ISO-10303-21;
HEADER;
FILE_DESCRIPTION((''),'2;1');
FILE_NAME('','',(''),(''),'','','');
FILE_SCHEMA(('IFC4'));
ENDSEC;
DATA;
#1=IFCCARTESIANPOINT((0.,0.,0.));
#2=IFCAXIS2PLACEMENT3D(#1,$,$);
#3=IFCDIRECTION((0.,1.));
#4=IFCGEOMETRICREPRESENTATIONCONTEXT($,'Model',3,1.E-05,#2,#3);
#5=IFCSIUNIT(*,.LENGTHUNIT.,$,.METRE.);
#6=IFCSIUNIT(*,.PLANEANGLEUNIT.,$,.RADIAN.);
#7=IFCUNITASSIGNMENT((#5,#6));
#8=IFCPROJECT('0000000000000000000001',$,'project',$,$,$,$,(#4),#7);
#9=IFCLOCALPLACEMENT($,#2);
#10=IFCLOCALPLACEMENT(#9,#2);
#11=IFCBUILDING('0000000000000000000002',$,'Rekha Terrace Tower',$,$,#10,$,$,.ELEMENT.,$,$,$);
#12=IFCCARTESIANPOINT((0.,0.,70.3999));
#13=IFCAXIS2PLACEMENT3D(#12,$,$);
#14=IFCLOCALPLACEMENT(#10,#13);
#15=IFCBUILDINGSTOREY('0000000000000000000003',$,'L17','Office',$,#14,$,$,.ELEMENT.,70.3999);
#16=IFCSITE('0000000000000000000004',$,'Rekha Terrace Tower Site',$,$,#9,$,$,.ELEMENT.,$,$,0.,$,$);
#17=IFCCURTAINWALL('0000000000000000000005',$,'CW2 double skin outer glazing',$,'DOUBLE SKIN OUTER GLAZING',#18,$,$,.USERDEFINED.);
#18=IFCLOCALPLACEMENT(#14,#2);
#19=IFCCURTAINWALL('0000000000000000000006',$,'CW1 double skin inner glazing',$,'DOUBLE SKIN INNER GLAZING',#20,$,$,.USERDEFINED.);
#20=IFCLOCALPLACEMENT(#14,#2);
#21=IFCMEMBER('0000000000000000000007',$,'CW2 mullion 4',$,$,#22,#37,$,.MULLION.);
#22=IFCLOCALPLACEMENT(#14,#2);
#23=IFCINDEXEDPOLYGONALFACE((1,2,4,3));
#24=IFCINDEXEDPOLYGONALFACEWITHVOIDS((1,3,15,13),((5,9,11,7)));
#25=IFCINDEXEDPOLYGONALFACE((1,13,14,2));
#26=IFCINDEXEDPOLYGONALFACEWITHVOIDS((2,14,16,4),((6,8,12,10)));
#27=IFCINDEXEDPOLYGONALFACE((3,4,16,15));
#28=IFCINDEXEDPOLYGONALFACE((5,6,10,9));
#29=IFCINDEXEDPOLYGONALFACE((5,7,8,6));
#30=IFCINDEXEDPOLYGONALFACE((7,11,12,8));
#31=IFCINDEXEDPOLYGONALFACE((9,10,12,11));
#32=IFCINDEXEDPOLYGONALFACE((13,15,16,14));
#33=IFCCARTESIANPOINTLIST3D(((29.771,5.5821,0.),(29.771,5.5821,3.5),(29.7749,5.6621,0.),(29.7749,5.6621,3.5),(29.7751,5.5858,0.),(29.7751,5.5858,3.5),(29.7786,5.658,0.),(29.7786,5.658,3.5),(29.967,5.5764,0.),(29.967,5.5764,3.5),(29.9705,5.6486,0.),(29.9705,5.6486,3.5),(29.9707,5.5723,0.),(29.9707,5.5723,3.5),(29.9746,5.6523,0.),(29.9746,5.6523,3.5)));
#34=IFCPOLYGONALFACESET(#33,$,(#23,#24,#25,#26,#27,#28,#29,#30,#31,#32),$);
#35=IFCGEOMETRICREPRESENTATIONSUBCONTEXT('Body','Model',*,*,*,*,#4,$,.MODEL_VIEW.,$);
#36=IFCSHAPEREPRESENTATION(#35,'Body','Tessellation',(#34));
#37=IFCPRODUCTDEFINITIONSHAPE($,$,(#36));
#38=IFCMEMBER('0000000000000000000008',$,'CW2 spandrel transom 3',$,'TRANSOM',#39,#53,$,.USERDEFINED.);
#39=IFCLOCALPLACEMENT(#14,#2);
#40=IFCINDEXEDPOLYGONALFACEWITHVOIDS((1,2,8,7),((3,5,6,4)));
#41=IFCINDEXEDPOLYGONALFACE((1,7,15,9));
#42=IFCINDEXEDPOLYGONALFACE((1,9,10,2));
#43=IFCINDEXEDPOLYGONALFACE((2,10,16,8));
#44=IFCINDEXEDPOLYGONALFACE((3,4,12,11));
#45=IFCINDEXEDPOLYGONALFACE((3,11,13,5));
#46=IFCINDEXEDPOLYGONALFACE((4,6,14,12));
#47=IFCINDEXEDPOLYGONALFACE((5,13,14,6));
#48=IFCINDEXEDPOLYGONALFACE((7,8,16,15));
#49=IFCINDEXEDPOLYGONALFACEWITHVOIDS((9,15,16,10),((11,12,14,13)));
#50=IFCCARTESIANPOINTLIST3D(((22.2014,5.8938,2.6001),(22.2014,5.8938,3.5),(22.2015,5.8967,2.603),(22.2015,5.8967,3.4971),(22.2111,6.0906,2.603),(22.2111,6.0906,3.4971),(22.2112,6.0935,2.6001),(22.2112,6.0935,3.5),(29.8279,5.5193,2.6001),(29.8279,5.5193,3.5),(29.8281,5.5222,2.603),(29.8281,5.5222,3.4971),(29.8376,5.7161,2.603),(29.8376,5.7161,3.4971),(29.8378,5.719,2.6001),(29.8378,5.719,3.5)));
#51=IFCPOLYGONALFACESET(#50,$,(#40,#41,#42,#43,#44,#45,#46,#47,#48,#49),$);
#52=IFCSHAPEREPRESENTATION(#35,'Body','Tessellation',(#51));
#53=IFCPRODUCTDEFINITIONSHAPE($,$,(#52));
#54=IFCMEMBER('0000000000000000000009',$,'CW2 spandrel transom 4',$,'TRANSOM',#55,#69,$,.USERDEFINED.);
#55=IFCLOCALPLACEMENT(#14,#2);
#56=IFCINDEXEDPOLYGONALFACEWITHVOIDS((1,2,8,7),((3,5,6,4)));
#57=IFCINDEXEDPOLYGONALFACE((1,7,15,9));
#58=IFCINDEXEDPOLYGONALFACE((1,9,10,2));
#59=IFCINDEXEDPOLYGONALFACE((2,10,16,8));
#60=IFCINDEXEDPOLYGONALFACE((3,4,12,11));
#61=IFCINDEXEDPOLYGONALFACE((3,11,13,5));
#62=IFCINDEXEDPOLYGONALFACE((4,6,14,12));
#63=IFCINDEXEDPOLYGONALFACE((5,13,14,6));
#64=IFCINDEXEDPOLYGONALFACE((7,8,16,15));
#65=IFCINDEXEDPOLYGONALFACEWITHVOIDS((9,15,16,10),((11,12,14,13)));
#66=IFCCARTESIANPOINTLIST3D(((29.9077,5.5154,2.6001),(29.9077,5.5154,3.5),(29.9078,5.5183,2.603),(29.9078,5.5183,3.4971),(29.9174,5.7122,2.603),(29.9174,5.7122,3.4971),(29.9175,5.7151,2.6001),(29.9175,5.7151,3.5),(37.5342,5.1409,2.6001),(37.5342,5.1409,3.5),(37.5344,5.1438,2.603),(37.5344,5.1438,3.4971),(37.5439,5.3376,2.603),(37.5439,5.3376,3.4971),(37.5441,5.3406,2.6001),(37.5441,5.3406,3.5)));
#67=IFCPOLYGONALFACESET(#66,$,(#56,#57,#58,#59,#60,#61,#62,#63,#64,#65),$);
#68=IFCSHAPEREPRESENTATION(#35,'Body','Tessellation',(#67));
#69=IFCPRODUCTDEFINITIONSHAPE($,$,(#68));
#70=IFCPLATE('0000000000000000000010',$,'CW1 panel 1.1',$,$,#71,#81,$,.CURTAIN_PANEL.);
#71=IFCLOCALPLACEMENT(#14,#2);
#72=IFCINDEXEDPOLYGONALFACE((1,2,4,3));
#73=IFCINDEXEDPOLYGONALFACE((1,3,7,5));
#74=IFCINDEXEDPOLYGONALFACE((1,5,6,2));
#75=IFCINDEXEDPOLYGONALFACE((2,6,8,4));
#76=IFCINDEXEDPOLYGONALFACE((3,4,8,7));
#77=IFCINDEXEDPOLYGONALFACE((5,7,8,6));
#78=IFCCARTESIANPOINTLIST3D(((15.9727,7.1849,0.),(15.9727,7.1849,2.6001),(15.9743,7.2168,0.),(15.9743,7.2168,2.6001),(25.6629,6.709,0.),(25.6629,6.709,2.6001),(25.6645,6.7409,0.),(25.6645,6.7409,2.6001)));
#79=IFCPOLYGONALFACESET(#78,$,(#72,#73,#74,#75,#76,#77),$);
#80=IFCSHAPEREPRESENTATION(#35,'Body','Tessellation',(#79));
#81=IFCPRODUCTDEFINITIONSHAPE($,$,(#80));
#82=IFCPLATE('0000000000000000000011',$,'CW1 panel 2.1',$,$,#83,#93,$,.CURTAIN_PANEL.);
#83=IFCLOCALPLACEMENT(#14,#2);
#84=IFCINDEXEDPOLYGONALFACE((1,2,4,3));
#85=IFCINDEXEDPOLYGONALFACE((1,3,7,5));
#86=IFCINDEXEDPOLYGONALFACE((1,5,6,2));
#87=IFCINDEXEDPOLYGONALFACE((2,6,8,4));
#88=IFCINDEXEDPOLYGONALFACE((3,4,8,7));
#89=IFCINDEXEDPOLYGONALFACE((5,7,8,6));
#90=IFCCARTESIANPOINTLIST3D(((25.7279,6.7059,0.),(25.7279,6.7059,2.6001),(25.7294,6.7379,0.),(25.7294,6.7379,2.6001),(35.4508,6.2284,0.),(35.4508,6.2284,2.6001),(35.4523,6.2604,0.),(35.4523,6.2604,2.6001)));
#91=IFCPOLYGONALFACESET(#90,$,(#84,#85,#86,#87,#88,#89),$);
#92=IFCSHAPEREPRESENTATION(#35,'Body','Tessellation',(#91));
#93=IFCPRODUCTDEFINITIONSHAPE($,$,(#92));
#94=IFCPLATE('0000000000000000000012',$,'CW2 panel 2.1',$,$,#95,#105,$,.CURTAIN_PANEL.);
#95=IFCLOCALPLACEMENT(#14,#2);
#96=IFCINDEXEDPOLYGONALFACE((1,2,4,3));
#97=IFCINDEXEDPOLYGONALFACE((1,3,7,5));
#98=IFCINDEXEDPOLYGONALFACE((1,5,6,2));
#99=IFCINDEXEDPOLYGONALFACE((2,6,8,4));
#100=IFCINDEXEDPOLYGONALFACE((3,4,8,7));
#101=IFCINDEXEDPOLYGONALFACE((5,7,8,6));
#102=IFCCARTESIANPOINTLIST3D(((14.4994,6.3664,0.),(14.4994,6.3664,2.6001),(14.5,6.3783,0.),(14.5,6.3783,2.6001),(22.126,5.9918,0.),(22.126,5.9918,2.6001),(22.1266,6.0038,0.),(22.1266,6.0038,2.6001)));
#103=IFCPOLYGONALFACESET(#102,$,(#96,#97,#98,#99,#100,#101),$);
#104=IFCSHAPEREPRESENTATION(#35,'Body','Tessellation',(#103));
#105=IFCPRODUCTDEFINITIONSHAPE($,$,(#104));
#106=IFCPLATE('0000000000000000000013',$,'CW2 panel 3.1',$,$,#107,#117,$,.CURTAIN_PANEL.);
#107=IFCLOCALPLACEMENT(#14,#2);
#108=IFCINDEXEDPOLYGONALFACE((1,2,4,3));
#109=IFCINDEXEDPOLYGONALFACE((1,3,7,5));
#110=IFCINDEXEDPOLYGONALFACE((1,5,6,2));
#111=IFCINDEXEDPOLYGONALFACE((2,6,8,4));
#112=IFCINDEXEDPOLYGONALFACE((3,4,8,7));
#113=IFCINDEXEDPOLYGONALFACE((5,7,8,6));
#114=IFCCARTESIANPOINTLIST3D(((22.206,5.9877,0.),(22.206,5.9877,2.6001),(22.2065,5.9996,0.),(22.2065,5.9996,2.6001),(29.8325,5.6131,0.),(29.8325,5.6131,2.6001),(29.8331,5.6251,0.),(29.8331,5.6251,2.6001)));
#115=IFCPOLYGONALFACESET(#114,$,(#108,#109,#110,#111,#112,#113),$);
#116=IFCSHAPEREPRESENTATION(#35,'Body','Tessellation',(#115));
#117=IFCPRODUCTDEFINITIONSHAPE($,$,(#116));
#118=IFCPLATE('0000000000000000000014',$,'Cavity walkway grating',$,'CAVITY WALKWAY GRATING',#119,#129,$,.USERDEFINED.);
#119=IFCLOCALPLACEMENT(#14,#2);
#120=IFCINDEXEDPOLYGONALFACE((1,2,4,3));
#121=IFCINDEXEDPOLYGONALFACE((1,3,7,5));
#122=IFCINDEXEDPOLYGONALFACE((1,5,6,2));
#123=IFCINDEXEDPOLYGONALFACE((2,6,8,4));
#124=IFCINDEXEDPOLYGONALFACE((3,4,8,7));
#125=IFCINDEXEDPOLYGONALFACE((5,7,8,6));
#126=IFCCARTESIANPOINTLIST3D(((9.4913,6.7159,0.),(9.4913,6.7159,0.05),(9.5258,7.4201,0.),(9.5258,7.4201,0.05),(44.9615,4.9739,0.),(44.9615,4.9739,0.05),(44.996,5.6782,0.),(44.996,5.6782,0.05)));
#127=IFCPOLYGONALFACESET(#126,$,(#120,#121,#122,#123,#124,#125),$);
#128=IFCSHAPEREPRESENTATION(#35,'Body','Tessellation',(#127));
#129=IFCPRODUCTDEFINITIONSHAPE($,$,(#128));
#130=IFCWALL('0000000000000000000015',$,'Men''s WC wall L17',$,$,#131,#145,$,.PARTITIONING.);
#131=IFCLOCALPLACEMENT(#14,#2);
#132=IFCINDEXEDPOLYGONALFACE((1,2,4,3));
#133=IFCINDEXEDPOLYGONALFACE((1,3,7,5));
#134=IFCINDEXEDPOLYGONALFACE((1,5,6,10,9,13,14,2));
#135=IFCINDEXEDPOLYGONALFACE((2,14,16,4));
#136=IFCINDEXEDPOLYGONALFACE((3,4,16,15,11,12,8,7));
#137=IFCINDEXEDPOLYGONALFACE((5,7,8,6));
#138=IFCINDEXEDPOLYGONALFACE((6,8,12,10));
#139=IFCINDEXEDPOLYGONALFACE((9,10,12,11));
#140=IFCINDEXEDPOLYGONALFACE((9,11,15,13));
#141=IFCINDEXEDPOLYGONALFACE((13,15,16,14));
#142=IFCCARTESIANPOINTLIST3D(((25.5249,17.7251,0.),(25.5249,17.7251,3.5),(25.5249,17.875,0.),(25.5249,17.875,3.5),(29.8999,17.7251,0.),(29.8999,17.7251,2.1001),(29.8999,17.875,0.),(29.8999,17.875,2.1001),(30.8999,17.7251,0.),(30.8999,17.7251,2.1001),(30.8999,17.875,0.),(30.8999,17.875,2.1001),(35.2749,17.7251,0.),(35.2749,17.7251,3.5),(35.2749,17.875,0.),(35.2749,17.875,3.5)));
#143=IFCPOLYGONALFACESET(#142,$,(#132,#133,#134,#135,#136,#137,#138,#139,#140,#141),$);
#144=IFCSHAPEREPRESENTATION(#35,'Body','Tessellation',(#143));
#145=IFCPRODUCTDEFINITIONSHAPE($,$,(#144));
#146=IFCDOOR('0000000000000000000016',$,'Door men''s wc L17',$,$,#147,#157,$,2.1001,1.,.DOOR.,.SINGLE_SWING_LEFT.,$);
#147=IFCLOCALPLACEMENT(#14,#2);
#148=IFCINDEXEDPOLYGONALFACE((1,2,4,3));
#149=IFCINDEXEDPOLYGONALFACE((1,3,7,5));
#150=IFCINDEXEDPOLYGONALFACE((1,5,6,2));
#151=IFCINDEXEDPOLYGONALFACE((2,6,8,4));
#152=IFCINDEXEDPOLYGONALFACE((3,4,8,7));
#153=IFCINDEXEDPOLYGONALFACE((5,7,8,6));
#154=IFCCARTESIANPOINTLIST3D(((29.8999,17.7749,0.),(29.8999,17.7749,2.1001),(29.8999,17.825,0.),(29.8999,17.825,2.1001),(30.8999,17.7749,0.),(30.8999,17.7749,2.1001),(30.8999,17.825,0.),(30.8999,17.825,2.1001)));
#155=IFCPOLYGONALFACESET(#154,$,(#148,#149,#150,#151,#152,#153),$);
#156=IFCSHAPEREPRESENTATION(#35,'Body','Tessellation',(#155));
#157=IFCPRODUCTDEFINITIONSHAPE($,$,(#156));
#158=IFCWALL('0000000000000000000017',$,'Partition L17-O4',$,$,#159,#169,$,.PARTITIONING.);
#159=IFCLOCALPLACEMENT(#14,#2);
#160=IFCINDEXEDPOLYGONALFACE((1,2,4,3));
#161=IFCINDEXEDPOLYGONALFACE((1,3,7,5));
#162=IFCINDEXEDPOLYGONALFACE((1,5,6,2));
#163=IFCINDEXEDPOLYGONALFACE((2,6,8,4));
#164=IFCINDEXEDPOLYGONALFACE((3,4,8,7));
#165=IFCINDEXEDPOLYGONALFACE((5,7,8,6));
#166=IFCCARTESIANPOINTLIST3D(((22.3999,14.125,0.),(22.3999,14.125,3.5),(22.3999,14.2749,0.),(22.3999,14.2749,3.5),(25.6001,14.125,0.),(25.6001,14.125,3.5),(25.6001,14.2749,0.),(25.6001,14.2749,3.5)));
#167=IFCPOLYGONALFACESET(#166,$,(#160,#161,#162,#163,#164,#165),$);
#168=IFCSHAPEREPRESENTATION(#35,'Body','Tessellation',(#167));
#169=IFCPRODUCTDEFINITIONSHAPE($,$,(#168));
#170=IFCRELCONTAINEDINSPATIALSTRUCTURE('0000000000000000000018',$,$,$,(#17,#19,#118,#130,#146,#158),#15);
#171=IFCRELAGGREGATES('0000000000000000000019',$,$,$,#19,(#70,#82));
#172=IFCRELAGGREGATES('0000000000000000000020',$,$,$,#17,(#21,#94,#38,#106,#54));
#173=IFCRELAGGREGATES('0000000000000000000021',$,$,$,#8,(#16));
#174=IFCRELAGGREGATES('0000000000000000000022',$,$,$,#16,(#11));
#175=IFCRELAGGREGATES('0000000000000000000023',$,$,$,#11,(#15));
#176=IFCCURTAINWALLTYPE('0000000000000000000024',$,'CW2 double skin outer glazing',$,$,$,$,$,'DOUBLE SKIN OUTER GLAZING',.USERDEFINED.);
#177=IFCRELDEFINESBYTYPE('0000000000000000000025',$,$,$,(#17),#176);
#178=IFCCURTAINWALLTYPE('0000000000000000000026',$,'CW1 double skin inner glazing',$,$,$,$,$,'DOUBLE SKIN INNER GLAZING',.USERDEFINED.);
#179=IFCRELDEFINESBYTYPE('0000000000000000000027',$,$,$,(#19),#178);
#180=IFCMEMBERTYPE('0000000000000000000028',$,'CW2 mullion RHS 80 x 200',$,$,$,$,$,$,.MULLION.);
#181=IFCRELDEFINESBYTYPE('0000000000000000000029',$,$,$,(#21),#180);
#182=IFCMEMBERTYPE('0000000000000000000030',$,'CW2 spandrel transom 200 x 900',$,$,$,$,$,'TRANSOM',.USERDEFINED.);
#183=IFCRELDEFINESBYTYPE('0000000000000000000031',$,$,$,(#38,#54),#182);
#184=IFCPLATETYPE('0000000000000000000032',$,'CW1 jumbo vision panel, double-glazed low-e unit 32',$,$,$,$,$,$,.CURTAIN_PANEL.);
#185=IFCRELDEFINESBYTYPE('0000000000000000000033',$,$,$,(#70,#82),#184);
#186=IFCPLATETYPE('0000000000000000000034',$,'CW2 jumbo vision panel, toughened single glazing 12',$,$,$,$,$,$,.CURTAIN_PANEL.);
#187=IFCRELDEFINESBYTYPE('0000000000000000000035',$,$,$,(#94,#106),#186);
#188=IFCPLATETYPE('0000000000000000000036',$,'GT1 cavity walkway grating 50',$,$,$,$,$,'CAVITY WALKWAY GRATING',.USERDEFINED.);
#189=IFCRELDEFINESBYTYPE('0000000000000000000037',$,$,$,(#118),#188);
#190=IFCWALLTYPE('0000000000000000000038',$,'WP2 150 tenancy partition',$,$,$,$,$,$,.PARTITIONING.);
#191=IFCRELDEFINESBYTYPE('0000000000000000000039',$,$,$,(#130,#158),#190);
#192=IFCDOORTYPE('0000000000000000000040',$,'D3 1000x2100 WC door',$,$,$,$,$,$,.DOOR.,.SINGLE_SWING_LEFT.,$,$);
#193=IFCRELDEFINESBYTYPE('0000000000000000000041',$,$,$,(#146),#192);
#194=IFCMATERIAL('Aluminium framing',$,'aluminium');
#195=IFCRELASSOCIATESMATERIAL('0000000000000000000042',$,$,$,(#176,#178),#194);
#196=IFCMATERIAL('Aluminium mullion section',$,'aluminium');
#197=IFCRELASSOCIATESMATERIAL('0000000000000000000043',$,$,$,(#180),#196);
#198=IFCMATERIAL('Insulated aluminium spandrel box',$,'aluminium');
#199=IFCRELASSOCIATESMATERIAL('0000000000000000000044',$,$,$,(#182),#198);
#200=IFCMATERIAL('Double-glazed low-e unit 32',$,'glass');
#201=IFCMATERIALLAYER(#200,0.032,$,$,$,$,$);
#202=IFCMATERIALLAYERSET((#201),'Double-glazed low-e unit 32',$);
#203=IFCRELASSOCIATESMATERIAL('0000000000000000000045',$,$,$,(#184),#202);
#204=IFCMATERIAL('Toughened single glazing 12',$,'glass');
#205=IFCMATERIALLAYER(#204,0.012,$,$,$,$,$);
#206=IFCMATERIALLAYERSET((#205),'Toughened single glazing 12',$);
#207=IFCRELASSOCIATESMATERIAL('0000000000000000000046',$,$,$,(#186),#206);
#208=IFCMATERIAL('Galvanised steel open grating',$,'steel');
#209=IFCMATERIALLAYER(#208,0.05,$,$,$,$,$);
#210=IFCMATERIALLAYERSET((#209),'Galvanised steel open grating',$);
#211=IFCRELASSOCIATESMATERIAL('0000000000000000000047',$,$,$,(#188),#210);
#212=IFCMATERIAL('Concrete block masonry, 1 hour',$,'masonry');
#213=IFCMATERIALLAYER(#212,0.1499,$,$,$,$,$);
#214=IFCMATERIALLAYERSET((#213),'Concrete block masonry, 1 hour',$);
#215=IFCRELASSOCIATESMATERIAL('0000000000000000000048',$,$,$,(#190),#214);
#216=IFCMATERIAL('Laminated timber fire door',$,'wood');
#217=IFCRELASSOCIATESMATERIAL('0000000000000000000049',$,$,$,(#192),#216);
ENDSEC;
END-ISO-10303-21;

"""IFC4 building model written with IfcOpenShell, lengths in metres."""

from ifc_helpers import new_model, si_unit, direction, frame, frame_2d, origin, origin_2d, place, context, subcontext, project, spatial, rectangle, hollow_rectangle, extrude, material, layer, layer_set, material_profile, profile_set, type_object, element, fill, aggregate, save


model = new_model("IFC4")

# Units and contexts
model_context = context("Model", 3, precision=1e-05, world=origin(), true_north=direction((0.0, 1.0)))
body_context = subcontext(model_context, "Body", "Model", "MODEL_VIEW")
ifc_project = project(units=[si_unit("LENGTHUNIT", "METRE"), si_unit("PLANEANGLEUNIT", "RADIAN")], contexts=[model_context])

# Site, building, storey
site_placement = place(None, origin())
site = spatial("IfcSite", under=ifc_project, at=site_placement, Name="Rekha Terrace Tower Site", CompositionType="ELEMENT", RefElevation=0.0)
building_placement = place(site_placement, origin())
building = spatial("IfcBuilding", under=site, at=building_placement, Name="Rekha Terrace Tower", CompositionType="ELEMENT")
storey_placement = place(building_placement, frame((0.0, 0.0, 70.3999)))
storey = spatial("IfcBuildingStorey", under=building, at=storey_placement, Name="L17", Description="Office", CompositionType="ELEMENT", Elevation=70.3999)

# Curtain wall
ifc_material_1 = material(Name="Aluminium framing", Category="aluminium")
curtain_wall_type_1 = type_object("IfcCurtainWallType", Name="CW2 double skin outer glazing", ElementType="DOUBLE SKIN OUTER GLAZING", PredefinedType="USERDEFINED", material=ifc_material_1)
curtain_wall_1_placement = place(storey_placement, origin())
curtain_wall_1 = element("IfcCurtainWall", 1, at=curtain_wall_1_placement, inside=storey, type_object=curtain_wall_type_1, Name="CW2 double skin outer glazing", ObjectType="DOUBLE SKIN OUTER GLAZING", PredefinedType="USERDEFINED")

# Shared definitions
curtain_wall_type_2 = type_object("IfcCurtainWallType", Name="CW1 double skin inner glazing", ElementType="DOUBLE SKIN INNER GLAZING", PredefinedType="USERDEFINED", material=ifc_material_1)
ifc_material_2 = material(Name="Aluminium mullion section", Category="aluminium")

# Curtain wall
curtain_wall_2_placement = place(storey_placement, origin())
curtain_wall_2 = element("IfcCurtainWall", 2, at=curtain_wall_2_placement, inside=storey, type_object=curtain_wall_type_2, Name="CW1 double skin inner glazing", ObjectType="DOUBLE SKIN INNER GLAZING", PredefinedType="USERDEFINED")
ifc_material_3 = material(Name="Insulated aluminium spandrel box", Category="aluminium")

# Members
ifc_material_profile_1 = material_profile(ifc_material_2, hollow_rectangle(XDim=0.0801, YDim=0.2, WallThickness=0.0039, at=origin_2d()), Name="AL RHS 80x200")
ifc_profile_set_1 = profile_set([ifc_material_profile_1], Name="Aluminium mullion section")
member_type_1 = type_object("IfcMemberType", Name="CW2 mullion RHS 80 x 200", PredefinedType="MULLION", material=ifc_profile_set_1)
member_1_placement = place(storey_placement, frame((29.8728, 5.6172, 0.0), z_axis=(0.0, 0.0, 1.0), x_axis=(0.049052, 0.998796, 0.0)))
member_1 = element("IfcMember", 3, at=member_1_placement, type_object=member_type_1, Name="CW2 mullion 4", PredefinedType="MULLION", context=body_context, shape_type="SweptSolid", body=[
    extrude(hollow_rectangle(XDim=0.0801, YDim=0.2, WallThickness=0.0039, at=origin_2d()), origin(), (0.0, 0.0, 1.0), 3.5),
])
ifc_material_profile_2 = material_profile(ifc_material_3, hollow_rectangle(XDim=0.2, YDim=0.8999, WallThickness=0.0029, at=origin_2d()), Name="AL SPANDREL BOX 200x900")
ifc_profile_set_2 = profile_set([ifc_material_profile_2], Name="Insulated aluminium spandrel box")
member_type_2 = type_object("IfcMemberType", Name="CW2 spandrel transom 200 x 900", ElementType="TRANSOM", PredefinedType="USERDEFINED", material=ifc_profile_set_2)
member_2_placement = place(storey_placement, frame((22.2063, 5.9937, 3.05), z_axis=(0.998796, -0.049048, 0.0), x_axis=(0.049048, 0.998796, 0.0)))
member_2 = element("IfcMember", 4, at=member_2_placement, type_object=member_type_2, Name="CW2 spandrel transom 3", ObjectType="TRANSOM", PredefinedType="USERDEFINED", context=body_context, shape_type="SweptSolid", body=[
    extrude(hollow_rectangle(XDim=0.2, YDim=0.8999, WallThickness=0.0029, at=origin_2d()), origin(), (0.0, 0.0, 1.0), 7.6357),
])
member_3_placement = place(storey_placement, frame((29.9126, 5.6152, 3.05), z_axis=(0.998796, -0.049048, 0.0), x_axis=(0.049048, 0.998796, 0.0)))
member_3 = element("IfcMember", 5, at=member_3_placement, type_object=member_type_2, Name="CW2 spandrel transom 4", ObjectType="TRANSOM", PredefinedType="USERDEFINED", context=body_context, shape_type="SweptSolid", body=[
    extrude(hollow_rectangle(XDim=0.2, YDim=0.8999, WallThickness=0.0029, at=origin_2d()), origin(), (0.0, 0.0, 1.0), 7.6357),
])

# Plates
ifc_material_4 = material(Name="Double-glazed low-e unit 32", Category="glass")
ifc_layer_1 = layer(ifc_material_4, 0.032)
ifc_layer_set_1 = layer_set([ifc_layer_1], Name="Double-glazed low-e unit 32")
plate_type_1 = type_object("IfcPlateType", Name="CW1 jumbo vision panel, double-glazed low-e unit 32", PredefinedType="CURTAIN_PANEL", material=ifc_layer_set_1)
plate_1_placement = place(storey_placement, frame((20.8186, 6.9629, 0.0), z_axis=(0.0, 0.0, 1.0), x_axis=(0.998796, -0.049052, 0.0)))
plate_1 = element("IfcPlate", 6, at=plate_1_placement, type_object=plate_type_1, Name="CW1 panel 1.1", PredefinedType="CURTAIN_PANEL", context=body_context, shape_type="SweptSolid", body=[
    extrude(rectangle(XDim=9.7019, YDim=0.032, at=origin_2d()), origin(), (0.0, 0.0, 1.0), 2.6001),
])
plate_2_placement = place(storey_placement, frame((30.5901, 6.4832, 0.0), z_axis=(0.0, 0.0, 1.0), x_axis=(0.998796, -0.049052, 0.0)))
plate_2 = element("IfcPlate", 7, at=plate_2_placement, type_object=plate_type_1, Name="CW1 panel 2.1", PredefinedType="CURTAIN_PANEL", context=body_context, shape_type="SweptSolid", body=[
    extrude(rectangle(XDim=9.7346, YDim=0.032, at=origin_2d()), origin(), (0.0, 0.0, 1.0), 2.6001),
])
aggregate(curtain_wall_2, [plate_1, plate_2])
ifc_material_5 = material(Name="Toughened single glazing 12", Category="glass")
ifc_layer_2 = layer(ifc_material_5, 0.012)
ifc_layer_set_2 = layer_set([ifc_layer_2], Name="Toughened single glazing 12")
plate_type_2 = type_object("IfcPlateType", Name="CW2 jumbo vision panel, toughened single glazing 12", PredefinedType="CURTAIN_PANEL", material=ifc_layer_set_2)
plate_3_placement = place(storey_placement, frame((18.313, 6.1851, 0.0), z_axis=(0.0, 0.0, 1.0), x_axis=(0.998796, -0.049052, 0.0)))
plate_3 = element("IfcPlate", 8, at=plate_3_placement, type_object=plate_type_2, Name="CW2 panel 2.1", PredefinedType="CURTAIN_PANEL", context=body_context, shape_type="SweptSolid", body=[
    extrude(rectangle(XDim=7.6357, YDim=0.012, at=origin_2d()), origin(), (0.0, 0.0, 1.0), 2.6001),
])
plate_4_placement = place(storey_placement, frame((26.0195, 5.8064, 0.0), z_axis=(0.0, 0.0, 1.0), x_axis=(0.998796, -0.049052, 0.0)))
plate_4 = element("IfcPlate", 9, at=plate_4_placement, type_object=plate_type_2, Name="CW2 panel 3.1", PredefinedType="CURTAIN_PANEL", context=body_context, shape_type="SweptSolid", body=[
    extrude(rectangle(XDim=7.6357, YDim=0.012, at=origin_2d()), origin(), (0.0, 0.0, 1.0), 2.6001),
])
aggregate(curtain_wall_1, [member_1, plate_3, member_2, plate_4, member_3])
ifc_material_6 = material(Name="Galvanised steel open grating", Category="steel")
ifc_layer_3 = layer(ifc_material_6, 0.05)
ifc_layer_set_3 = layer_set([ifc_layer_3], Name="Galvanised steel open grating")
plate_type_3 = type_object("IfcPlateType", Name="GT1 cavity walkway grating 50", ElementType="CAVITY WALKWAY GRATING", PredefinedType="USERDEFINED", material=ifc_layer_set_3)
plate_5_placement = place(storey_placement, frame((27.2437, 6.197, 0.0), z_axis=(0.0, 0.0, 1.0), x_axis=(0.998796, -0.049052, 0.0)))
element("IfcPlate", 10, at=plate_5_placement, inside=storey, type_object=plate_type_3, Name="Cavity walkway grating", ObjectType="CAVITY WALKWAY GRATING", PredefinedType="USERDEFINED", context=body_context, shape_type="SweptSolid", body=[
    extrude(rectangle(XDim=35.5129, YDim=0.7051, at=origin_2d()), origin(), (0.0, 0.0, 1.0), 0.05),
])

# Wall, opening, door
ifc_material_7 = material(Name="Concrete block masonry, 1 hour", Category="masonry")
ifc_layer_4 = layer(ifc_material_7, 0.1499)
ifc_layer_set_4 = layer_set([ifc_layer_4], Name="Concrete block masonry, 1 hour")
wall_type_1 = type_object("IfcWallType", Name="WP2 150 tenancy partition", PredefinedType="PARTITIONING", material=ifc_layer_set_4)
wall_1_placement = place(storey_placement, frame((25.5249, 17.8, 0.0), z_axis=(0.0, 0.0, 1.0), x_axis=(1.0, 0.0, 0.0)))
wall_1 = element("IfcWall", 11, at=wall_1_placement, inside=storey, type_object=wall_type_1, Name="Men's WC wall L17", PredefinedType="PARTITIONING", context=body_context, shape_type="SweptSolid", body=[
    extrude(rectangle(XDim=9.75, YDim=0.1499, at=frame_2d((4.875, 0.0))), origin(), (0.0, 0.0, 1.0), 3.5),
])
opening_1_placement = place(wall_1_placement, frame((4.375, 0.0, 0.0)))
opening_1 = element("IfcOpeningElement", 12, at=opening_1_placement, cuts=wall_1, PredefinedType="OPENING", context=body_context, shape_type="SweptSolid", body=[
    extrude(rectangle(XDim=1.0, YDim=2.1001, at=frame_2d((0.5, 1.05))), frame((0.0, 0.085, 0.0), z_axis=(0.0, -1.0, 0.0), x_axis=(1.0, 0.0, 0.0)), (0.0, 0.0, 1.0), 0.1699),
])
ifc_material_8 = material(Name="Laminated timber fire door", Category="wood")
door_type_1 = type_object("IfcDoorType", Name="D3 1000x2100 WC door", OperationType="SINGLE_SWING_LEFT", PredefinedType="DOOR", material=ifc_material_8)
door_1_placement = place(opening_1_placement, origin())
door_1 = element("IfcDoor", 13, at=door_1_placement, inside=storey, type_object=door_type_1, Name="Door men's wc L17", OperationType="SINGLE_SWING_LEFT", OverallHeight=2.1001, OverallWidth=1.0, PredefinedType="DOOR", context=body_context, shape_type="SweptSolid", body=[
    extrude(rectangle(XDim=1.0, YDim=2.1001, at=frame_2d((0.5, 1.05))), frame((0.0, 0.0249, 0.0), z_axis=(0.0, -1.0, 0.0), x_axis=(1.0, 0.0, 0.0)), (0.0, 0.0, 1.0), 0.05),
])
fill(opening_1, door_1)

# Wall
wall_2_placement = place(storey_placement, frame((22.3999, 14.2, 0.0), z_axis=(0.0, 0.0, 1.0), x_axis=(1.0, 0.0, 0.0)))
element("IfcWall", 14, at=wall_2_placement, inside=storey, type_object=wall_type_1, Name="Partition L17-O4", PredefinedType="PARTITIONING", context=body_context, shape_type="SweptSolid", body=[
    extrude(rectangle(XDim=3.2002, YDim=0.1499, at=frame_2d((1.6001, 0.0))), origin(), (0.0, 0.0, 1.0), 3.5),
])

save(model, "model.ifc")
